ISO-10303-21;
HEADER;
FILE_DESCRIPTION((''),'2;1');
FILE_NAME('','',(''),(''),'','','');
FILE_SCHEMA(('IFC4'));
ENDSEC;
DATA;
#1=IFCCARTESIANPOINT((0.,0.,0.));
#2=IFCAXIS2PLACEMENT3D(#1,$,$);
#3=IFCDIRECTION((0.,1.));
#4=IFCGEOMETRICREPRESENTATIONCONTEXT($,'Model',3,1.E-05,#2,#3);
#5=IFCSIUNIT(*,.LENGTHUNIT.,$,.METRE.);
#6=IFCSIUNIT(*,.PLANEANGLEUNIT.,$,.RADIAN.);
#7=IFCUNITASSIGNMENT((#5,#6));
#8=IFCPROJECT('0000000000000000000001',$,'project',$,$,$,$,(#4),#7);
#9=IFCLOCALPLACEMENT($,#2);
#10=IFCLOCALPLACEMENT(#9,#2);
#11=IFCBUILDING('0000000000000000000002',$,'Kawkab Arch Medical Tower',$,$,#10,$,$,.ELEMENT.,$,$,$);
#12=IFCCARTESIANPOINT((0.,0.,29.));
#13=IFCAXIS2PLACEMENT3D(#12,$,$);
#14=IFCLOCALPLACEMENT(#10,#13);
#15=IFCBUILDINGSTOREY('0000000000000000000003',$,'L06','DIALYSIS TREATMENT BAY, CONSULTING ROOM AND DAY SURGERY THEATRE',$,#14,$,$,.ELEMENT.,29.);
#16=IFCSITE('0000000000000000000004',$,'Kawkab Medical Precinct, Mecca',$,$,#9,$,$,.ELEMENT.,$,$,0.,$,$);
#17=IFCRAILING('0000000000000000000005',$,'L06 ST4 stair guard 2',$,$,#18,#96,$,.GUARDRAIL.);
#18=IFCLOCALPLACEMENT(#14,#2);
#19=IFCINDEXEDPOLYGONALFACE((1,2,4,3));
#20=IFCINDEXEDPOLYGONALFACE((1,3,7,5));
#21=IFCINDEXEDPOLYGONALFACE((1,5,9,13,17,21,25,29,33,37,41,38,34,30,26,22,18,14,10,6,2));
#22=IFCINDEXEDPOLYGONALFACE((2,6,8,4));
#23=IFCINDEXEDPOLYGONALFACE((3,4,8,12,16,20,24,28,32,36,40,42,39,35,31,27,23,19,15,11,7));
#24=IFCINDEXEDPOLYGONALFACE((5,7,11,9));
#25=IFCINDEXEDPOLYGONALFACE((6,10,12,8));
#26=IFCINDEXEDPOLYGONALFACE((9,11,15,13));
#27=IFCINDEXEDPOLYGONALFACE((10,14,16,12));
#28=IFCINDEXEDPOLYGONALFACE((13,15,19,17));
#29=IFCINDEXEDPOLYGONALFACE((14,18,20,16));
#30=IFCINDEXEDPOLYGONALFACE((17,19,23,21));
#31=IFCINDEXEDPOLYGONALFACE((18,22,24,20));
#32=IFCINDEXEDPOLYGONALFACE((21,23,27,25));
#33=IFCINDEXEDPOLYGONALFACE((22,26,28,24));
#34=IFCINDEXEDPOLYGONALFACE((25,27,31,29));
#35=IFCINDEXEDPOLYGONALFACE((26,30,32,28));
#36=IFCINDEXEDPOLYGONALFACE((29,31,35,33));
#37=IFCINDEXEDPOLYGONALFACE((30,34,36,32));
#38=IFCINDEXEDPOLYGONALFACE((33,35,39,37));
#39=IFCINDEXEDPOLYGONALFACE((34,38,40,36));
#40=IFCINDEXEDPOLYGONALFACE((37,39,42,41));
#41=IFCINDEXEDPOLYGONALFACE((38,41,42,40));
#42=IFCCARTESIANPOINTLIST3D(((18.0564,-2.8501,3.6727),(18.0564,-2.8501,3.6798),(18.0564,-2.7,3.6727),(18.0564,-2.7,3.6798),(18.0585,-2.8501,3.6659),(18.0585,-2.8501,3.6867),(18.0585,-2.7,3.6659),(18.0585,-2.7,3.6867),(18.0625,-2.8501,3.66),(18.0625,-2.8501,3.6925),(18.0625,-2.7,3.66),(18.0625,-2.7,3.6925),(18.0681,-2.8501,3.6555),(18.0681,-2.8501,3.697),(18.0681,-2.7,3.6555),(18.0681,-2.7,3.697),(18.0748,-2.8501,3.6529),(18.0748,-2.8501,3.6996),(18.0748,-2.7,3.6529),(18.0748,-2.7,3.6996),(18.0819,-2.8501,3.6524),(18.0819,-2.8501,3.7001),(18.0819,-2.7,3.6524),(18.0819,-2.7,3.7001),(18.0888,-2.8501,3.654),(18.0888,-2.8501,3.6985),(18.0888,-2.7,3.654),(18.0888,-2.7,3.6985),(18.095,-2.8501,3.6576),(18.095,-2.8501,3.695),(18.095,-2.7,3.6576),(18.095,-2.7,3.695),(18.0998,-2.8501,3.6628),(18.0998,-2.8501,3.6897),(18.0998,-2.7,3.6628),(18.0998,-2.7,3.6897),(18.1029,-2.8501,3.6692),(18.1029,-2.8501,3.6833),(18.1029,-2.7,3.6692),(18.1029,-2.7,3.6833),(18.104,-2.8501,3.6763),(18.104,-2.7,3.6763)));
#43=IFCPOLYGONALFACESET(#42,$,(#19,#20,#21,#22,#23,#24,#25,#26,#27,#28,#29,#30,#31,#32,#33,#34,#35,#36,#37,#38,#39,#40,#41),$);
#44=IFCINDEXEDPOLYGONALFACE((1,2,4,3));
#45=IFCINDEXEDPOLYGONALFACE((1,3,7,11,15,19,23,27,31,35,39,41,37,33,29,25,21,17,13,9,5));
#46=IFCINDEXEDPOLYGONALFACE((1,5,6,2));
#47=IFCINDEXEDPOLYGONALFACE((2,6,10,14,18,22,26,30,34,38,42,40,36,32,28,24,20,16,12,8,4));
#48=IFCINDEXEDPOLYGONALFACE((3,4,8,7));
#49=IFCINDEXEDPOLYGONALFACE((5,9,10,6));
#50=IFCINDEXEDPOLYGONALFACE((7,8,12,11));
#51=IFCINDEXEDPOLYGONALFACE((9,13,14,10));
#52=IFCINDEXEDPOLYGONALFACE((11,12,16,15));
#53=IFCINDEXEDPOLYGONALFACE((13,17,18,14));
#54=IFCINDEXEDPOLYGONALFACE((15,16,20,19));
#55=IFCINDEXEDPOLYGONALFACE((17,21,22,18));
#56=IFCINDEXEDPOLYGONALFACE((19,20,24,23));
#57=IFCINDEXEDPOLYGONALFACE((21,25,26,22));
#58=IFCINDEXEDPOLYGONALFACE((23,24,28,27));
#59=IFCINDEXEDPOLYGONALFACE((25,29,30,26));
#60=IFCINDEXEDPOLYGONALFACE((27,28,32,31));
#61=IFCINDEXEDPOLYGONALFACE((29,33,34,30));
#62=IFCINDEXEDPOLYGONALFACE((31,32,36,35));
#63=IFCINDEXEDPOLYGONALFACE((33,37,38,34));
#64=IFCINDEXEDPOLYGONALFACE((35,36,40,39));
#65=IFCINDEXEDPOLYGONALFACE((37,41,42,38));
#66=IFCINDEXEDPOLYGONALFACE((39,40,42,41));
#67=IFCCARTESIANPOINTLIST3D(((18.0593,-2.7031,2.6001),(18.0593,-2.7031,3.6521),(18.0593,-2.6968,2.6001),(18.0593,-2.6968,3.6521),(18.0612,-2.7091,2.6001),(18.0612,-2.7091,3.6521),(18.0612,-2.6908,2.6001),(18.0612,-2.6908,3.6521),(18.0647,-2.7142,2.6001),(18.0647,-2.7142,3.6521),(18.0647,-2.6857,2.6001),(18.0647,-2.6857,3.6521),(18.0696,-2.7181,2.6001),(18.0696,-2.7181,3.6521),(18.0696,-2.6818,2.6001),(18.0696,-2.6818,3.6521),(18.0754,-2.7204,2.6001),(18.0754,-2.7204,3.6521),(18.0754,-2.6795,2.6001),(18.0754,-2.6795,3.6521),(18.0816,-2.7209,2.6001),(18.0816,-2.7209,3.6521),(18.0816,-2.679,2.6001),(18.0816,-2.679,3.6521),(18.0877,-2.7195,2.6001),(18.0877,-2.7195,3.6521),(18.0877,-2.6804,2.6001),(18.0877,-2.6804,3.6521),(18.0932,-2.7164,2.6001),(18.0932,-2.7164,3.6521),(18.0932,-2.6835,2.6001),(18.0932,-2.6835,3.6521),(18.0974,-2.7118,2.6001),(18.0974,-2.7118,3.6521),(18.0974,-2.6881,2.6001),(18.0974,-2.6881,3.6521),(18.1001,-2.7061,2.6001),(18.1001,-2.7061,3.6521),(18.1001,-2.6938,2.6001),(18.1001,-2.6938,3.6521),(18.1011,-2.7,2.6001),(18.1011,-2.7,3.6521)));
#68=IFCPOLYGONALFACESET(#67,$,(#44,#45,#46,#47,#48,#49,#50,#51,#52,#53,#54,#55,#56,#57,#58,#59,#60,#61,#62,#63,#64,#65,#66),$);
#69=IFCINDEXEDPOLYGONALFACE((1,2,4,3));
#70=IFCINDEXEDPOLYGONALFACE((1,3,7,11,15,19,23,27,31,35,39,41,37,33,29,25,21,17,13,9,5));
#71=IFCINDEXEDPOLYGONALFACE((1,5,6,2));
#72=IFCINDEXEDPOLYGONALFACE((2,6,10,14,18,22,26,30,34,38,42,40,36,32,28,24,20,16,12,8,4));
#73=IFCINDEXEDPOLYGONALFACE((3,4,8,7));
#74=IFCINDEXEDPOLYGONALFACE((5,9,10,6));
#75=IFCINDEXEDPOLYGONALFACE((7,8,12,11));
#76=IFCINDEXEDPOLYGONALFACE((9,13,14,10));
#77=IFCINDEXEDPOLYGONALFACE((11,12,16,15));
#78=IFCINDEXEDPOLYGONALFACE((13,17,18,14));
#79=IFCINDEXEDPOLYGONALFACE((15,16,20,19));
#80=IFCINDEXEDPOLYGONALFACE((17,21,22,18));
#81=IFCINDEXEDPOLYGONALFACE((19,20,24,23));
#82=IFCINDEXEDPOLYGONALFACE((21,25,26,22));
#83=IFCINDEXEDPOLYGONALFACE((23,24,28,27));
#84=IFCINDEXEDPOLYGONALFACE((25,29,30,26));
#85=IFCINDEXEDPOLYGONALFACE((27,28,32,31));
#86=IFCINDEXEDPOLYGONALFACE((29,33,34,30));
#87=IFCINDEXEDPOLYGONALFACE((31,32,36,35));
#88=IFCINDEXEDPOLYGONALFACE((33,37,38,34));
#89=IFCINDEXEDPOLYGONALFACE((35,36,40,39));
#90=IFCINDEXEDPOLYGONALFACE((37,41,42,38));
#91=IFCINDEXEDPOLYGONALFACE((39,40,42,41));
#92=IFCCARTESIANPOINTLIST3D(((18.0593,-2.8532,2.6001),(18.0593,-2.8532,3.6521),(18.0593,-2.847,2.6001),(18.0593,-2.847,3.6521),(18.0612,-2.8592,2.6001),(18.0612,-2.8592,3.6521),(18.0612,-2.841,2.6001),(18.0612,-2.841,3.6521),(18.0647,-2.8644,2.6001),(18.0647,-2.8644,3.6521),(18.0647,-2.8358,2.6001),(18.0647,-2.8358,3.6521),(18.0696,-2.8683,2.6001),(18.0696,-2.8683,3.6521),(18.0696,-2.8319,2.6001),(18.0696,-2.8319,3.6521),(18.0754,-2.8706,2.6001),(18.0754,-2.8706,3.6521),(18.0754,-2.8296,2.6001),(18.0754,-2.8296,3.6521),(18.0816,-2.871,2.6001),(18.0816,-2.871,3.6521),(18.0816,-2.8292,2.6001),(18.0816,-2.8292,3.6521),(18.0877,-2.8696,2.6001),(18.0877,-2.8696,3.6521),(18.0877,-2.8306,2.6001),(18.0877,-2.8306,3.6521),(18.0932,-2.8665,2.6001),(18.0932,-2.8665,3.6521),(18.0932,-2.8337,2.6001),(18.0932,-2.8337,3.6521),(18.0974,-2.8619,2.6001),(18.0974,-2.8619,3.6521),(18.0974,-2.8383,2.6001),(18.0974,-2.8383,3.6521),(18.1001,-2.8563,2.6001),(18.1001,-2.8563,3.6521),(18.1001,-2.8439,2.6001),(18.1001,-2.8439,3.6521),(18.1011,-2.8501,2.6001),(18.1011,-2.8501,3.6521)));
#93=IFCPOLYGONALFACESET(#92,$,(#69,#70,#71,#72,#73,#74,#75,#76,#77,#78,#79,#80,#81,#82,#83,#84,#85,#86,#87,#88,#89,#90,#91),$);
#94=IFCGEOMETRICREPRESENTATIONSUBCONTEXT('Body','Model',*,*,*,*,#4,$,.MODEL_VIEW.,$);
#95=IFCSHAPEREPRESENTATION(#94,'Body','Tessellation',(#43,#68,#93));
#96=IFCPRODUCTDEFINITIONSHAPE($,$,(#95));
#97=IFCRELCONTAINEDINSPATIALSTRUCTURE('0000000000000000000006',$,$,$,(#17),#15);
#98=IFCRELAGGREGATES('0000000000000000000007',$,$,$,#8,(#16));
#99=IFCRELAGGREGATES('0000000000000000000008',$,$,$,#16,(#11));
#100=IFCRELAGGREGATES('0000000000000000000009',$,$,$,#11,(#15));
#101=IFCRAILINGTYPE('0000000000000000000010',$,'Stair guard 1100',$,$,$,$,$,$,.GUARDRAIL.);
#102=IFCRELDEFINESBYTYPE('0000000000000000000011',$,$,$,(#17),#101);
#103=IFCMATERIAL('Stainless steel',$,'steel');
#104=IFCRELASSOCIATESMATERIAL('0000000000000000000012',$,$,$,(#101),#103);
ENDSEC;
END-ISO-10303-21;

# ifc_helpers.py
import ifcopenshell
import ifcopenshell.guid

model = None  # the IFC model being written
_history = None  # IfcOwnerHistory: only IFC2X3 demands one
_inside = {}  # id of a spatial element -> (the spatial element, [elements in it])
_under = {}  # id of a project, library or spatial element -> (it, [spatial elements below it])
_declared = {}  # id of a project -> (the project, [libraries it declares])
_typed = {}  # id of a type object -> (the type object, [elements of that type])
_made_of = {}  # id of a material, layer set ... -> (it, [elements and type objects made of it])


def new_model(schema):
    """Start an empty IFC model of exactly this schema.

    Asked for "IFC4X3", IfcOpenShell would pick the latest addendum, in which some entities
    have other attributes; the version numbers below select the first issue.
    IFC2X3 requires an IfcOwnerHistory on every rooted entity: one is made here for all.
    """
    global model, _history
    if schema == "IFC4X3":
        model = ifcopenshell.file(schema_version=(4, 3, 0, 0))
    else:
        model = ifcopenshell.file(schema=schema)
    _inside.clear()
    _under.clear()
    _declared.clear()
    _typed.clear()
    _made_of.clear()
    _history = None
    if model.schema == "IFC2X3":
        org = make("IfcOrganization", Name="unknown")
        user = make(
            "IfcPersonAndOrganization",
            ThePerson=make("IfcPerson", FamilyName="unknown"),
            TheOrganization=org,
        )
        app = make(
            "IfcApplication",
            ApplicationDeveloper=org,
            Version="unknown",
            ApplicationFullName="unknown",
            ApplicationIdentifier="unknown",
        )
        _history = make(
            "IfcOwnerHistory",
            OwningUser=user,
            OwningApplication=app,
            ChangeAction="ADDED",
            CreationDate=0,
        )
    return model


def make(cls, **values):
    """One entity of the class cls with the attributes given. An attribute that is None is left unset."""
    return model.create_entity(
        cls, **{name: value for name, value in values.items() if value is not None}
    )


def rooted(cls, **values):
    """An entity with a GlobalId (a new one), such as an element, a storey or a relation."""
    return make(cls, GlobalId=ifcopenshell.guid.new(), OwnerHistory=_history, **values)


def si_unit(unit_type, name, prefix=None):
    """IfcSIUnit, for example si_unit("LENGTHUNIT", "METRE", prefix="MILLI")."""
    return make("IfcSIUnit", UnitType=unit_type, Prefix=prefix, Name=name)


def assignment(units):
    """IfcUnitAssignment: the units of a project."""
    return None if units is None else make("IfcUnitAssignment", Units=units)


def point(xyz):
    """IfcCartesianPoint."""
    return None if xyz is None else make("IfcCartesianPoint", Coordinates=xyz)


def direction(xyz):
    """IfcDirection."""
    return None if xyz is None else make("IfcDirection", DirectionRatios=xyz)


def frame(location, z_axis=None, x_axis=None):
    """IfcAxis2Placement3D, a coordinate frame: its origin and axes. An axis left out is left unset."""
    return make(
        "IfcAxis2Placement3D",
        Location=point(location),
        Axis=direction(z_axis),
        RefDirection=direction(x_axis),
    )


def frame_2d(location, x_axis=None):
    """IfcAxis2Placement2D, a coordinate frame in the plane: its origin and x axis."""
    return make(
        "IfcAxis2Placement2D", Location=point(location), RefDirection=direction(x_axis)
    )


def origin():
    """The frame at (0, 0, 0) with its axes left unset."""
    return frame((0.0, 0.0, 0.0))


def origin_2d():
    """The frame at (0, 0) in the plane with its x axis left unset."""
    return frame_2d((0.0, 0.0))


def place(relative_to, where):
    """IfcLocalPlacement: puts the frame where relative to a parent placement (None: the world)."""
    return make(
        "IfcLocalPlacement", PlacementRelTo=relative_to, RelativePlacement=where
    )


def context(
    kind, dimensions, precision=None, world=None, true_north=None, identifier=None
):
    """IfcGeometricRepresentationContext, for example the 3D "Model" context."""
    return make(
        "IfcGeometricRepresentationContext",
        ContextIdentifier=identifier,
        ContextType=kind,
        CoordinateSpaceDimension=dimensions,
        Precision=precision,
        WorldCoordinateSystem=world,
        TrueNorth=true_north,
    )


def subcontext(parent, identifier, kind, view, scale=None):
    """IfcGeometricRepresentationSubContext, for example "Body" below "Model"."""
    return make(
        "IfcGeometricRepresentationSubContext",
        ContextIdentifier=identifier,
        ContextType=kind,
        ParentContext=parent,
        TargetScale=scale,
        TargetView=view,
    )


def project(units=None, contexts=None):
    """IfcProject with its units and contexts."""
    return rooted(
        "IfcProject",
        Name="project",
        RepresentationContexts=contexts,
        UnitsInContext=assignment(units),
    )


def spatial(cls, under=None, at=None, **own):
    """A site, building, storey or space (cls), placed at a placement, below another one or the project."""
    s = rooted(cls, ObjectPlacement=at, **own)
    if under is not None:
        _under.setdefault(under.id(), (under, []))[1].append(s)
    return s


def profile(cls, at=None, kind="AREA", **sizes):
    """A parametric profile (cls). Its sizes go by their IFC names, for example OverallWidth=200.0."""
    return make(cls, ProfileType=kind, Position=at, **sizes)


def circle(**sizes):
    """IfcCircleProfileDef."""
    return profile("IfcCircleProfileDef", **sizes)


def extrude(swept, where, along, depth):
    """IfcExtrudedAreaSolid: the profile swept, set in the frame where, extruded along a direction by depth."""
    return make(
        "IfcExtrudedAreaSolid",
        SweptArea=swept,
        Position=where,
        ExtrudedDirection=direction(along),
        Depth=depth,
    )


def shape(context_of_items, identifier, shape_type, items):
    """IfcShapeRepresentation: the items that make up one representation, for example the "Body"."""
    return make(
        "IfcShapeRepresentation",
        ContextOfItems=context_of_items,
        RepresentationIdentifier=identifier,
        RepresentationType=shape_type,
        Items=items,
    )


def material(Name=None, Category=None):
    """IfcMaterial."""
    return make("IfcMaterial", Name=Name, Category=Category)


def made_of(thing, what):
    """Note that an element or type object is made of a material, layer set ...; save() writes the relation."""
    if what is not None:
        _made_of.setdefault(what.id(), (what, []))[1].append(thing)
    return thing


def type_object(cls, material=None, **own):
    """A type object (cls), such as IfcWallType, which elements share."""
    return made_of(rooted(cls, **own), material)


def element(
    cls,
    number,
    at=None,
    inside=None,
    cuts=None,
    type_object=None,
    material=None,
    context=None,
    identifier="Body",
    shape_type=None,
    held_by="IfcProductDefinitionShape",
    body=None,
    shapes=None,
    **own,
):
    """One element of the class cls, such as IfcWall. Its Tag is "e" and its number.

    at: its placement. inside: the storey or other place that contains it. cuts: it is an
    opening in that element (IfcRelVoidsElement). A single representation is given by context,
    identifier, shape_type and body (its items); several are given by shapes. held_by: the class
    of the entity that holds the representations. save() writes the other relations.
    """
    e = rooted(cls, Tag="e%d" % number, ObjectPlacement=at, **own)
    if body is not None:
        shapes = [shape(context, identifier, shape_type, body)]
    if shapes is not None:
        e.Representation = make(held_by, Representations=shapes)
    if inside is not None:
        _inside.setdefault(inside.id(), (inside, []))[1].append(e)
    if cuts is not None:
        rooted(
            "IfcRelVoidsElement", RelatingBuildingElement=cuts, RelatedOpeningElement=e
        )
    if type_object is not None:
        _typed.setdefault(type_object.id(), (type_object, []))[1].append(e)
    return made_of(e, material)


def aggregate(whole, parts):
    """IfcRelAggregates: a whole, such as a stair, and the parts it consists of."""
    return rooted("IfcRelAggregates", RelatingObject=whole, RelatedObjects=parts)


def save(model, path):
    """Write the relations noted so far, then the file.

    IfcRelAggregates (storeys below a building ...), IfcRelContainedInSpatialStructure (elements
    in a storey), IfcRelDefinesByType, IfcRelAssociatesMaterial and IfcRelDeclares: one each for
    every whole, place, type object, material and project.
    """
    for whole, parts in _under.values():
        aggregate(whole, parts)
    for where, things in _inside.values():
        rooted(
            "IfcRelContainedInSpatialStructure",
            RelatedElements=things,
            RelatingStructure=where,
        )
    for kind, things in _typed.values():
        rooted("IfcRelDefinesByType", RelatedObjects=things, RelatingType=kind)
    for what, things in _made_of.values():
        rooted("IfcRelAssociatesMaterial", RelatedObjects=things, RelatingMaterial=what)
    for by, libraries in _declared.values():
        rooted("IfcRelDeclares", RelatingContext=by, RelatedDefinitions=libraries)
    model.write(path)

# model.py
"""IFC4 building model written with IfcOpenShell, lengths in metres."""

from ifc_helpers import new_model, si_unit, direction, frame, origin, origin_2d, place, context, subcontext, project, spatial, circle, extrude, material, type_object, element, save


model = new_model("IFC4")

# Units and contexts
model_context = context("Model", 3, precision=1e-05, world=origin(), true_north=direction((0.0, 1.0)))
body_context = subcontext(model_context, "Body", "Model", "MODEL_VIEW")
ifc_project = project(units=[si_unit("LENGTHUNIT", "METRE"), si_unit("PLANEANGLEUNIT", "RADIAN")], contexts=[model_context])

# Site, building, storey
site_placement = place(None, origin())
site = spatial("IfcSite", under=ifc_project, at=site_placement, Name="Kawkab Medical Precinct, Mecca", CompositionType="ELEMENT", RefElevation=0.0)
building_placement = place(site_placement, origin())
building = spatial("IfcBuilding", under=site, at=building_placement, Name="Kawkab Arch Medical Tower", CompositionType="ELEMENT")
storey_placement = place(building_placement, frame((0.0, 0.0, 29.0)))
storey = spatial("IfcBuildingStorey", under=building, at=storey_placement, Name="L06", Description="DIALYSIS TREATMENT BAY, CONSULTING ROOM AND DAY SURGERY THEATRE", CompositionType="ELEMENT", Elevation=29.0)

# Railing
ifc_material_1 = material(Name="Stainless steel", Category="steel")
railing_type = type_object("IfcRailingType", Name="Stair guard 1100", PredefinedType="GUARDRAIL", material=ifc_material_1)
railing_1_placement = place(storey_placement, frame((18.0801, -2.7, 2.6001)))
element("IfcRailing", 1, at=railing_1_placement, inside=storey, type_object=railing_type, Name="L06 ST4 stair guard 2", PredefinedType="GUARDRAIL", context=body_context, shape_type="SweptSolid", body=[
    extrude(circle(Radius=0.0239, at=origin_2d()), frame((0.0, 0.0, 1.0762), z_axis=(0.0, -1.0, 0.0), x_axis=(1.0, 0.0, 0.0)), (0.0, 0.0, 1.0), 0.1501),
    extrude(circle(Radius=0.021, at=origin_2d()), origin(), (0.0, 0.0, 1.0), 1.052),
    extrude(circle(Radius=0.021, at=origin_2d()), frame((0.0, -0.1501, 0.0)), (0.0, 0.0, 1.0), 1.052),
])

save(model, "model.ifc")
